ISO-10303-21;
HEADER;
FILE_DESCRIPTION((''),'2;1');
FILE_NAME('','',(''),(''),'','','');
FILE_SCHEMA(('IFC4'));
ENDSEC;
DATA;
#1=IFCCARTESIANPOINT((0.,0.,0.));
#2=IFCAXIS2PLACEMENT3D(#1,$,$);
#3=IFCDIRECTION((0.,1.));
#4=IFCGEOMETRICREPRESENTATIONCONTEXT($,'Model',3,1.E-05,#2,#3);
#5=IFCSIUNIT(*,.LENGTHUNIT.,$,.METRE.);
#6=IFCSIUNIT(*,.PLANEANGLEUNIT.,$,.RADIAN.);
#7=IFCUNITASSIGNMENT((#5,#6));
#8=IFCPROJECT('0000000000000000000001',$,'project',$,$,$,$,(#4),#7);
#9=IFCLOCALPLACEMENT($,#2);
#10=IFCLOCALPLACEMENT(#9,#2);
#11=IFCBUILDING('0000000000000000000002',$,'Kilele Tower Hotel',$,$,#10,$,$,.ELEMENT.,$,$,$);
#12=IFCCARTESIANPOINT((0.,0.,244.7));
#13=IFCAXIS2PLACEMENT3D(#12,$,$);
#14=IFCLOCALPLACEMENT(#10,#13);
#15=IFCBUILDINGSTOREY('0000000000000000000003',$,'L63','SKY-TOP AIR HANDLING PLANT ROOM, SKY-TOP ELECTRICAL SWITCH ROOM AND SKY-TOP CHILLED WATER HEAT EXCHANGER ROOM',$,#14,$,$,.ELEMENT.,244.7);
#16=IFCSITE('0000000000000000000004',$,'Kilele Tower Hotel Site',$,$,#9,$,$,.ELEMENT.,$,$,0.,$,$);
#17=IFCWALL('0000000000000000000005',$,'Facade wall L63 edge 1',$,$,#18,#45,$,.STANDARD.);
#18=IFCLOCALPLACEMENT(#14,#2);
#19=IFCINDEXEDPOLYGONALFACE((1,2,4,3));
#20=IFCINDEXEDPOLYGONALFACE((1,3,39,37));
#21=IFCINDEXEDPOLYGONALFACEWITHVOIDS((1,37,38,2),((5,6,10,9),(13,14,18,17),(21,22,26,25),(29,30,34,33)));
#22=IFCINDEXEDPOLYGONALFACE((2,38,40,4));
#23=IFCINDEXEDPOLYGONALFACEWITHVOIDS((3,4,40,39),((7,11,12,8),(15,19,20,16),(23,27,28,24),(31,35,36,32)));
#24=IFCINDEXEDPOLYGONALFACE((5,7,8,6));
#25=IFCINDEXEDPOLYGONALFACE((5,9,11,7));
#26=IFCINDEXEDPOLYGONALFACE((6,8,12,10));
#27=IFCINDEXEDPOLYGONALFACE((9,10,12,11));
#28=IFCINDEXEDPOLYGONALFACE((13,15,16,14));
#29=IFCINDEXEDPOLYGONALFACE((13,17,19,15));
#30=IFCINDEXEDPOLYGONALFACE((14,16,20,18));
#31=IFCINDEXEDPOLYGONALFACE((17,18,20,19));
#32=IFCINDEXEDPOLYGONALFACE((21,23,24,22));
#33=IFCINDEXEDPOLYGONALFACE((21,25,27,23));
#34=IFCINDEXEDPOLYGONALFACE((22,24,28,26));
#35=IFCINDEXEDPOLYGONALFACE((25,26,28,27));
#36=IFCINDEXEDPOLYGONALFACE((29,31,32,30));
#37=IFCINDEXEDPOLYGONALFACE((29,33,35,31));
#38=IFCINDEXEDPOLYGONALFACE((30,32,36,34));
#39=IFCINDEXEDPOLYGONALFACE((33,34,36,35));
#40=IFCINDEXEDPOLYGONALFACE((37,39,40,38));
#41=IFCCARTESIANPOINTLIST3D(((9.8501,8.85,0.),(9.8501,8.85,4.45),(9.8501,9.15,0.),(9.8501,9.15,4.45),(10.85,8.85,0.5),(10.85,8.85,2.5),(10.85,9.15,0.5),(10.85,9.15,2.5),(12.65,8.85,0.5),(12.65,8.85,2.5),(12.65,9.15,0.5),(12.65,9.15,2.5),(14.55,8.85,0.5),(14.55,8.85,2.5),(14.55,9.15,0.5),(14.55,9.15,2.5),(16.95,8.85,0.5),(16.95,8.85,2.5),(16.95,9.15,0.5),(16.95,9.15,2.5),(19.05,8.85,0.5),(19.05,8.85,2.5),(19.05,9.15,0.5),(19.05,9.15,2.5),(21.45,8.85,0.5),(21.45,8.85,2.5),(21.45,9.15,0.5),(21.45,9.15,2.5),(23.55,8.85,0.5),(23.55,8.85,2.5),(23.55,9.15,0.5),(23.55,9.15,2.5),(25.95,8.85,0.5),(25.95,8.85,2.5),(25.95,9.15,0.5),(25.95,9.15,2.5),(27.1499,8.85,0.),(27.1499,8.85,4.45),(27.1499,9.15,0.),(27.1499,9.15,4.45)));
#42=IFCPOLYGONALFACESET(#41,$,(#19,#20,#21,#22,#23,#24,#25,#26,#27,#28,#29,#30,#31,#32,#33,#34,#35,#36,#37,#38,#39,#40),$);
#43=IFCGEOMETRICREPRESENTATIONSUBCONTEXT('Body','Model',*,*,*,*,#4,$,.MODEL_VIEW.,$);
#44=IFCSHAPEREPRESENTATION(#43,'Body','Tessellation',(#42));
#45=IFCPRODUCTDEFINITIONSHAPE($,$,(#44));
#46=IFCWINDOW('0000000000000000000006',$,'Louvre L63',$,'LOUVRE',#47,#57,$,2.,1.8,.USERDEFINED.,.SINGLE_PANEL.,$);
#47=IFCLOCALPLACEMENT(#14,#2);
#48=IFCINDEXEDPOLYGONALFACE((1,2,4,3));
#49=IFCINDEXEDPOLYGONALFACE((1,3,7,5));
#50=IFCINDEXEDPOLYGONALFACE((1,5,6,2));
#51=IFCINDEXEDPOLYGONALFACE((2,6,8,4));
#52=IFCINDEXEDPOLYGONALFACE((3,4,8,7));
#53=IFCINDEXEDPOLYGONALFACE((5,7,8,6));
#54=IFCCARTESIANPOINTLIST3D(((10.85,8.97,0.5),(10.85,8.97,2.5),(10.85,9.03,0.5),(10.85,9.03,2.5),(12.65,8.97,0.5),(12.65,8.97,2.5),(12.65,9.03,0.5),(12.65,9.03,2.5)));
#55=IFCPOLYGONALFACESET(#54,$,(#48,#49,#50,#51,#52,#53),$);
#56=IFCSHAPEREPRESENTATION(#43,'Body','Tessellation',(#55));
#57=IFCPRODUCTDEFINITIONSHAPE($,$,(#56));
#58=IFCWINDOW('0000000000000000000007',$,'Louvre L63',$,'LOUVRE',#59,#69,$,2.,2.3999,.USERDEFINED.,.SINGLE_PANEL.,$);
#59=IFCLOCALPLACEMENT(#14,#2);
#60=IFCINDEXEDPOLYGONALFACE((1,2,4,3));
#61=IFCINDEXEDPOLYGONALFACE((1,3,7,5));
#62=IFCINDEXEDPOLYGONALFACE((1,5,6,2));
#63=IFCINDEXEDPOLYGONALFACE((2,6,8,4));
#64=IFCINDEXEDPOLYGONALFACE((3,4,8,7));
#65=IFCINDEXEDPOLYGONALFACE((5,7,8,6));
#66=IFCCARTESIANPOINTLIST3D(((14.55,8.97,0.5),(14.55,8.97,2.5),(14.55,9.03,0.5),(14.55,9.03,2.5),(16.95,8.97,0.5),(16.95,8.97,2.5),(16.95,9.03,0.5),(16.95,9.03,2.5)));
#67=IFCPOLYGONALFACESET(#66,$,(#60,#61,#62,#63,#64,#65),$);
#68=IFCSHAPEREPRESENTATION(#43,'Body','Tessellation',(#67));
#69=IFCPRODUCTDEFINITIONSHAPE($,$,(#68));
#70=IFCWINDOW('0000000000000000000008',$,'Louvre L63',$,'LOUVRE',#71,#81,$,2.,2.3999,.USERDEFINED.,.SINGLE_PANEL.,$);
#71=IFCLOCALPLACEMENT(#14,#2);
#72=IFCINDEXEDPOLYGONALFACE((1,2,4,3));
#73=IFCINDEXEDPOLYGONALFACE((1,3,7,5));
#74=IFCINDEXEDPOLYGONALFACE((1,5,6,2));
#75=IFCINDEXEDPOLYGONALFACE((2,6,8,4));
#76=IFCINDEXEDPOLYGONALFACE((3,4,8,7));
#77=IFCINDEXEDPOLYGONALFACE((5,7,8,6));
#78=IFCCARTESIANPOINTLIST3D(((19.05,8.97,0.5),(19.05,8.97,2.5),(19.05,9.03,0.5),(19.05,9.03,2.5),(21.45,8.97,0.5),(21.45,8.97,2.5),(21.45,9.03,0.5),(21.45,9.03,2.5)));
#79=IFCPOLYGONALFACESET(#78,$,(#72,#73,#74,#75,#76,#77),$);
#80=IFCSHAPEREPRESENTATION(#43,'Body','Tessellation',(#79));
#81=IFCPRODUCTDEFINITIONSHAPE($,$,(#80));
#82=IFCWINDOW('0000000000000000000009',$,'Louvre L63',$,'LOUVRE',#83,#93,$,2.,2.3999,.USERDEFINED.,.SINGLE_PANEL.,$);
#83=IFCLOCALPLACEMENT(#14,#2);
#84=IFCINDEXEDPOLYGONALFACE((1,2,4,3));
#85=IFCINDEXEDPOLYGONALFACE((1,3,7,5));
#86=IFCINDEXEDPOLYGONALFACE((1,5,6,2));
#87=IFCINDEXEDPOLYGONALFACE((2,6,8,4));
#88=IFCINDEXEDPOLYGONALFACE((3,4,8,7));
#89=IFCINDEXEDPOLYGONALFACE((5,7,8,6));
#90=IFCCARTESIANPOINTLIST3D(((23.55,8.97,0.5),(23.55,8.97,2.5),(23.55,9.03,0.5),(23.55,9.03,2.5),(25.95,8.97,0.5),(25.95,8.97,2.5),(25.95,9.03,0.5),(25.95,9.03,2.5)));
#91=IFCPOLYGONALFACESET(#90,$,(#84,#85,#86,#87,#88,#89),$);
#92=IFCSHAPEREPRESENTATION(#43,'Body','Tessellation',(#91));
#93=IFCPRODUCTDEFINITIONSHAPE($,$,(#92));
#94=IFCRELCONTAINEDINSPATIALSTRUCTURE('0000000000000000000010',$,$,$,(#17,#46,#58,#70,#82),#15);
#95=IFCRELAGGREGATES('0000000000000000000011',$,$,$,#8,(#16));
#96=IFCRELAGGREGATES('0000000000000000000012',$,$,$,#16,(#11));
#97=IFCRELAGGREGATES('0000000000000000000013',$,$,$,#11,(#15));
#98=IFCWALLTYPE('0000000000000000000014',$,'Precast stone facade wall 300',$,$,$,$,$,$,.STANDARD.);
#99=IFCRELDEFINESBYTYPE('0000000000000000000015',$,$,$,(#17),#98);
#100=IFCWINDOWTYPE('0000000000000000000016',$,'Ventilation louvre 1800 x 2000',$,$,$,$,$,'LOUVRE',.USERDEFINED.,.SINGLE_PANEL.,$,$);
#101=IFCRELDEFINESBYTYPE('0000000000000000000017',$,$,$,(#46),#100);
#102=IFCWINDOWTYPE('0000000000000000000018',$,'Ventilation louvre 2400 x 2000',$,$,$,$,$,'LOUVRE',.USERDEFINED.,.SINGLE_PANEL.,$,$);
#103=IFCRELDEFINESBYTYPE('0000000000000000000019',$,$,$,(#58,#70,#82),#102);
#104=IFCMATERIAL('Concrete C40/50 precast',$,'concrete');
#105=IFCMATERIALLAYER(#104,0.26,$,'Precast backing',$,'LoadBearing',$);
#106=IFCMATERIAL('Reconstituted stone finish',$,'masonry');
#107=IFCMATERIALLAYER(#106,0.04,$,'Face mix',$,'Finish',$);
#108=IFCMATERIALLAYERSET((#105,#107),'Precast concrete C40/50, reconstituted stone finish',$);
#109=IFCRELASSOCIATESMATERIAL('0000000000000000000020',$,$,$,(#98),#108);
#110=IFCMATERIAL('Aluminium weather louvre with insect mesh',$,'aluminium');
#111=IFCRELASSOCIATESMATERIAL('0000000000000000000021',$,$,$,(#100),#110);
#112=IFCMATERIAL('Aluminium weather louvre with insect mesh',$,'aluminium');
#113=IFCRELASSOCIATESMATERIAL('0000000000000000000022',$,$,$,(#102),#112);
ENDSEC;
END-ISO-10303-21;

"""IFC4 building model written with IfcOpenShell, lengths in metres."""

from ifc_helpers import new_model, si_unit, direction, frame, frame_2d, origin, place, context, subcontext, project, spatial, rectangle, extrude, material, layer, layer_set, type_object, element, fill, save


model = new_model("IFC4")

# Units and contexts
model_context = context("Model", 3, precision=1e-05, world=origin(), true_north=direction((0.0, 1.0)))
body_context = subcontext(model_context, "Body", "Model", "MODEL_VIEW")
ifc_project = project(units=[si_unit("LENGTHUNIT", "METRE"), si_unit("PLANEANGLEUNIT", "RADIAN")], contexts=[model_context])

# Site, building, storey
site_placement = place(None, origin())
site = spatial("IfcSite", under=ifc_project, at=site_placement, Name="Kilele Tower Hotel Site", CompositionType="ELEMENT", RefElevation=0.0)
building_placement = place(site_placement, origin())
building = spatial("IfcBuilding", under=site, at=building_placement, Name="Kilele Tower Hotel", CompositionType="ELEMENT")
storey_placement = place(building_placement, frame((0.0, 0.0, 244.7)))
storey = spatial("IfcBuildingStorey", under=building, at=storey_placement, Name="L63", Description="SKY-TOP AIR HANDLING PLANT ROOM, SKY-TOP ELECTRICAL SWITCH ROOM AND SKY-TOP CHILLED WATER HEAT EXCHANGER ROOM", CompositionType="ELEMENT", Elevation=244.7)

# Wall, openings, windows
ifc_material_1 = material(Name="Concrete C40/50 precast", Category="concrete")
ifc_layer_1 = layer(ifc_material_1, 0.26, Name="Precast backing", Category="LoadBearing")
ifc_material_2 = material(Name="Reconstituted stone finish", Category="masonry")
ifc_layer_2 = layer(ifc_material_2, 0.04, Name="Face mix", Category="Finish")
ifc_layer_set_1 = layer_set([ifc_layer_1, ifc_layer_2], Name="Precast concrete C40/50, reconstituted stone finish")
wall_type_1 = type_object("IfcWallType", Name="Precast stone facade wall 300", PredefinedType="STANDARD", material=ifc_layer_set_1)
wall_1_placement = place(storey_placement, frame((9.8501, 9.0, 0.0), z_axis=(0.0, 0.0, 1.0), x_axis=(1.0, 0.0, 0.0)))
wall_1 = element("IfcWall", 1, at=wall_1_placement, inside=storey, type_object=wall_type_1, Name="Facade wall L63 edge 1", PredefinedType="STANDARD", context=body_context, shape_type="SweptSolid", body=[
    extrude(rectangle(XDim=17.2998, YDim=0.3, at=frame_2d((8.6499, 0.0))), origin(), (0.0, 0.0, 1.0), 4.45),
])
opening_1_placement = place(wall_1_placement, frame((1.0, 0.0, 0.5)))
opening_1 = element("IfcOpeningElement", 2, at=opening_1_placement, cuts=wall_1, PredefinedType="OPENING", context=body_context, shape_type="SweptSolid", body=[
    extrude(rectangle(XDim=1.8, YDim=2.0, at=frame_2d((0.8999, 1.0))), frame((0.0, 0.1599, 0.0), z_axis=(0.0, -1.0, 0.0), x_axis=(1.0, 0.0, 0.0)), (0.0, 0.0, 1.0), 0.3201),
])
opening_2_placement = place(wall_1_placement, frame((4.7, 0.0, 0.5)))
opening_2 = element("IfcOpeningElement", 3, at=opening_2_placement, cuts=wall_1, PredefinedType="OPENING", context=body_context, shape_type="SweptSolid", body=[
    extrude(rectangle(XDim=2.3999, YDim=2.0, at=frame_2d((1.2, 1.0))), frame((0.0, 0.1599, 0.0), z_axis=(0.0, -1.0, 0.0), x_axis=(1.0, 0.0, 0.0)), (0.0, 0.0, 1.0), 0.3201),
])
opening_3_placement = place(wall_1_placement, frame((9.2, 0.0, 0.5)))
opening_3 = element("IfcOpeningElement", 4, at=opening_3_placement, cuts=wall_1, PredefinedType="OPENING", context=body_context, shape_type="SweptSolid", body=[
    extrude(rectangle(XDim=2.3999, YDim=2.0, at=frame_2d((1.2, 1.0))), frame((0.0, 0.1599, 0.0), z_axis=(0.0, -1.0, 0.0), x_axis=(1.0, 0.0, 0.0)), (0.0, 0.0, 1.0), 0.3201),
])
opening_4_placement = place(wall_1_placement, frame((13.7, 0.0, 0.5)))
opening_4 = element("IfcOpeningElement", 5, at=opening_4_placement, cuts=wall_1, PredefinedType="OPENING", context=body_context, shape_type="SweptSolid", body=[
    extrude(rectangle(XDim=2.3999, YDim=2.0, at=frame_2d((1.2, 1.0))), frame((0.0, 0.1599, 0.0), z_axis=(0.0, -1.0, 0.0), x_axis=(1.0, 0.0, 0.0)), (0.0, 0.0, 1.0), 0.3201),
])
ifc_material_3 = material(Name="Aluminium weather louvre with insect mesh", Category="aluminium")
window_type_1 = type_object("IfcWindowType", Name="Ventilation louvre 1800 x 2000", ElementType="LOUVRE", PartitioningType="SINGLE_PANEL", PredefinedType="USERDEFINED", material=ifc_material_3)
window_1_placement = place(opening_1_placement, origin())
window_1 = element("IfcWindow", 6, at=window_1_placement, inside=storey, type_object=window_type_1, Name="Louvre L63", ObjectType="LOUVRE", OverallHeight=2.0, OverallWidth=1.8, PartitioningType="SINGLE_PANEL", PredefinedType="USERDEFINED", context=body_context, shape_type="SweptSolid", body=[
    extrude(rectangle(XDim=1.8, YDim=2.0, at=frame_2d((0.8999, 1.0))), frame((0.0, 0.03, 0.0), z_axis=(0.0, -1.0, 0.0), x_axis=(1.0, 0.0, 0.0)), (0.0, 0.0, 1.0), 0.0601),
])
fill(opening_1, window_1)
ifc_material_4 = material(Name="Aluminium weather louvre with insect mesh", Category="aluminium")
window_type_2 = type_object("IfcWindowType", Name="Ventilation louvre 2400 x 2000", ElementType="LOUVRE", PartitioningType="SINGLE_PANEL", PredefinedType="USERDEFINED", material=ifc_material_4)
window_2_placement = place(opening_2_placement, origin())
window_2 = element("IfcWindow", 7, at=window_2_placement, inside=storey, type_object=window_type_2, Name="Louvre L63", ObjectType="LOUVRE", OverallHeight=2.0, OverallWidth=2.3999, PartitioningType="SINGLE_PANEL", PredefinedType="USERDEFINED", context=body_context, shape_type="SweptSolid", body=[
    extrude(rectangle(XDim=2.3999, YDim=2.0, at=frame_2d((1.2, 1.0))), frame((0.0, 0.03, 0.0), z_axis=(0.0, -1.0, 0.0), x_axis=(1.0, 0.0, 0.0)), (0.0, 0.0, 1.0), 0.0601),
])
fill(opening_2, window_2)
window_3_placement = place(opening_3_placement, origin())
window_3 = element("IfcWindow", 8, at=window_3_placement, inside=storey, type_object=window_type_2, Name="Louvre L63", ObjectType="LOUVRE", OverallHeight=2.0, OverallWidth=2.3999, PartitioningType="SINGLE_PANEL", PredefinedType="USERDEFINED", context=body_context, shape_type="SweptSolid", body=[
    extrude(rectangle(XDim=2.3999, YDim=2.0, at=frame_2d((1.2, 1.0))), frame((0.0, 0.03, 0.0), z_axis=(0.0, -1.0, 0.0), x_axis=(1.0, 0.0, 0.0)), (0.0, 0.0, 1.0), 0.0601),
])
fill(opening_3, window_3)
window_4_placement = place(opening_4_placement, origin())
window_4 = element("IfcWindow", 9, at=window_4_placement, inside=storey, type_object=window_type_2, Name="Louvre L63", ObjectType="LOUVRE", OverallHeight=2.0, OverallWidth=2.3999, PartitioningType="SINGLE_PANEL", PredefinedType="USERDEFINED", context=body_context, shape_type="SweptSolid", body=[
    extrude(rectangle(XDim=2.3999, YDim=2.0, at=frame_2d((1.2, 1.0))), frame((0.0, 0.03, 0.0), z_axis=(0.0, -1.0, 0.0), x_axis=(1.0, 0.0, 0.0)), (0.0, 0.0, 1.0), 0.0601),
])
fill(opening_4, window_4)

save(model, "model.ifc")
